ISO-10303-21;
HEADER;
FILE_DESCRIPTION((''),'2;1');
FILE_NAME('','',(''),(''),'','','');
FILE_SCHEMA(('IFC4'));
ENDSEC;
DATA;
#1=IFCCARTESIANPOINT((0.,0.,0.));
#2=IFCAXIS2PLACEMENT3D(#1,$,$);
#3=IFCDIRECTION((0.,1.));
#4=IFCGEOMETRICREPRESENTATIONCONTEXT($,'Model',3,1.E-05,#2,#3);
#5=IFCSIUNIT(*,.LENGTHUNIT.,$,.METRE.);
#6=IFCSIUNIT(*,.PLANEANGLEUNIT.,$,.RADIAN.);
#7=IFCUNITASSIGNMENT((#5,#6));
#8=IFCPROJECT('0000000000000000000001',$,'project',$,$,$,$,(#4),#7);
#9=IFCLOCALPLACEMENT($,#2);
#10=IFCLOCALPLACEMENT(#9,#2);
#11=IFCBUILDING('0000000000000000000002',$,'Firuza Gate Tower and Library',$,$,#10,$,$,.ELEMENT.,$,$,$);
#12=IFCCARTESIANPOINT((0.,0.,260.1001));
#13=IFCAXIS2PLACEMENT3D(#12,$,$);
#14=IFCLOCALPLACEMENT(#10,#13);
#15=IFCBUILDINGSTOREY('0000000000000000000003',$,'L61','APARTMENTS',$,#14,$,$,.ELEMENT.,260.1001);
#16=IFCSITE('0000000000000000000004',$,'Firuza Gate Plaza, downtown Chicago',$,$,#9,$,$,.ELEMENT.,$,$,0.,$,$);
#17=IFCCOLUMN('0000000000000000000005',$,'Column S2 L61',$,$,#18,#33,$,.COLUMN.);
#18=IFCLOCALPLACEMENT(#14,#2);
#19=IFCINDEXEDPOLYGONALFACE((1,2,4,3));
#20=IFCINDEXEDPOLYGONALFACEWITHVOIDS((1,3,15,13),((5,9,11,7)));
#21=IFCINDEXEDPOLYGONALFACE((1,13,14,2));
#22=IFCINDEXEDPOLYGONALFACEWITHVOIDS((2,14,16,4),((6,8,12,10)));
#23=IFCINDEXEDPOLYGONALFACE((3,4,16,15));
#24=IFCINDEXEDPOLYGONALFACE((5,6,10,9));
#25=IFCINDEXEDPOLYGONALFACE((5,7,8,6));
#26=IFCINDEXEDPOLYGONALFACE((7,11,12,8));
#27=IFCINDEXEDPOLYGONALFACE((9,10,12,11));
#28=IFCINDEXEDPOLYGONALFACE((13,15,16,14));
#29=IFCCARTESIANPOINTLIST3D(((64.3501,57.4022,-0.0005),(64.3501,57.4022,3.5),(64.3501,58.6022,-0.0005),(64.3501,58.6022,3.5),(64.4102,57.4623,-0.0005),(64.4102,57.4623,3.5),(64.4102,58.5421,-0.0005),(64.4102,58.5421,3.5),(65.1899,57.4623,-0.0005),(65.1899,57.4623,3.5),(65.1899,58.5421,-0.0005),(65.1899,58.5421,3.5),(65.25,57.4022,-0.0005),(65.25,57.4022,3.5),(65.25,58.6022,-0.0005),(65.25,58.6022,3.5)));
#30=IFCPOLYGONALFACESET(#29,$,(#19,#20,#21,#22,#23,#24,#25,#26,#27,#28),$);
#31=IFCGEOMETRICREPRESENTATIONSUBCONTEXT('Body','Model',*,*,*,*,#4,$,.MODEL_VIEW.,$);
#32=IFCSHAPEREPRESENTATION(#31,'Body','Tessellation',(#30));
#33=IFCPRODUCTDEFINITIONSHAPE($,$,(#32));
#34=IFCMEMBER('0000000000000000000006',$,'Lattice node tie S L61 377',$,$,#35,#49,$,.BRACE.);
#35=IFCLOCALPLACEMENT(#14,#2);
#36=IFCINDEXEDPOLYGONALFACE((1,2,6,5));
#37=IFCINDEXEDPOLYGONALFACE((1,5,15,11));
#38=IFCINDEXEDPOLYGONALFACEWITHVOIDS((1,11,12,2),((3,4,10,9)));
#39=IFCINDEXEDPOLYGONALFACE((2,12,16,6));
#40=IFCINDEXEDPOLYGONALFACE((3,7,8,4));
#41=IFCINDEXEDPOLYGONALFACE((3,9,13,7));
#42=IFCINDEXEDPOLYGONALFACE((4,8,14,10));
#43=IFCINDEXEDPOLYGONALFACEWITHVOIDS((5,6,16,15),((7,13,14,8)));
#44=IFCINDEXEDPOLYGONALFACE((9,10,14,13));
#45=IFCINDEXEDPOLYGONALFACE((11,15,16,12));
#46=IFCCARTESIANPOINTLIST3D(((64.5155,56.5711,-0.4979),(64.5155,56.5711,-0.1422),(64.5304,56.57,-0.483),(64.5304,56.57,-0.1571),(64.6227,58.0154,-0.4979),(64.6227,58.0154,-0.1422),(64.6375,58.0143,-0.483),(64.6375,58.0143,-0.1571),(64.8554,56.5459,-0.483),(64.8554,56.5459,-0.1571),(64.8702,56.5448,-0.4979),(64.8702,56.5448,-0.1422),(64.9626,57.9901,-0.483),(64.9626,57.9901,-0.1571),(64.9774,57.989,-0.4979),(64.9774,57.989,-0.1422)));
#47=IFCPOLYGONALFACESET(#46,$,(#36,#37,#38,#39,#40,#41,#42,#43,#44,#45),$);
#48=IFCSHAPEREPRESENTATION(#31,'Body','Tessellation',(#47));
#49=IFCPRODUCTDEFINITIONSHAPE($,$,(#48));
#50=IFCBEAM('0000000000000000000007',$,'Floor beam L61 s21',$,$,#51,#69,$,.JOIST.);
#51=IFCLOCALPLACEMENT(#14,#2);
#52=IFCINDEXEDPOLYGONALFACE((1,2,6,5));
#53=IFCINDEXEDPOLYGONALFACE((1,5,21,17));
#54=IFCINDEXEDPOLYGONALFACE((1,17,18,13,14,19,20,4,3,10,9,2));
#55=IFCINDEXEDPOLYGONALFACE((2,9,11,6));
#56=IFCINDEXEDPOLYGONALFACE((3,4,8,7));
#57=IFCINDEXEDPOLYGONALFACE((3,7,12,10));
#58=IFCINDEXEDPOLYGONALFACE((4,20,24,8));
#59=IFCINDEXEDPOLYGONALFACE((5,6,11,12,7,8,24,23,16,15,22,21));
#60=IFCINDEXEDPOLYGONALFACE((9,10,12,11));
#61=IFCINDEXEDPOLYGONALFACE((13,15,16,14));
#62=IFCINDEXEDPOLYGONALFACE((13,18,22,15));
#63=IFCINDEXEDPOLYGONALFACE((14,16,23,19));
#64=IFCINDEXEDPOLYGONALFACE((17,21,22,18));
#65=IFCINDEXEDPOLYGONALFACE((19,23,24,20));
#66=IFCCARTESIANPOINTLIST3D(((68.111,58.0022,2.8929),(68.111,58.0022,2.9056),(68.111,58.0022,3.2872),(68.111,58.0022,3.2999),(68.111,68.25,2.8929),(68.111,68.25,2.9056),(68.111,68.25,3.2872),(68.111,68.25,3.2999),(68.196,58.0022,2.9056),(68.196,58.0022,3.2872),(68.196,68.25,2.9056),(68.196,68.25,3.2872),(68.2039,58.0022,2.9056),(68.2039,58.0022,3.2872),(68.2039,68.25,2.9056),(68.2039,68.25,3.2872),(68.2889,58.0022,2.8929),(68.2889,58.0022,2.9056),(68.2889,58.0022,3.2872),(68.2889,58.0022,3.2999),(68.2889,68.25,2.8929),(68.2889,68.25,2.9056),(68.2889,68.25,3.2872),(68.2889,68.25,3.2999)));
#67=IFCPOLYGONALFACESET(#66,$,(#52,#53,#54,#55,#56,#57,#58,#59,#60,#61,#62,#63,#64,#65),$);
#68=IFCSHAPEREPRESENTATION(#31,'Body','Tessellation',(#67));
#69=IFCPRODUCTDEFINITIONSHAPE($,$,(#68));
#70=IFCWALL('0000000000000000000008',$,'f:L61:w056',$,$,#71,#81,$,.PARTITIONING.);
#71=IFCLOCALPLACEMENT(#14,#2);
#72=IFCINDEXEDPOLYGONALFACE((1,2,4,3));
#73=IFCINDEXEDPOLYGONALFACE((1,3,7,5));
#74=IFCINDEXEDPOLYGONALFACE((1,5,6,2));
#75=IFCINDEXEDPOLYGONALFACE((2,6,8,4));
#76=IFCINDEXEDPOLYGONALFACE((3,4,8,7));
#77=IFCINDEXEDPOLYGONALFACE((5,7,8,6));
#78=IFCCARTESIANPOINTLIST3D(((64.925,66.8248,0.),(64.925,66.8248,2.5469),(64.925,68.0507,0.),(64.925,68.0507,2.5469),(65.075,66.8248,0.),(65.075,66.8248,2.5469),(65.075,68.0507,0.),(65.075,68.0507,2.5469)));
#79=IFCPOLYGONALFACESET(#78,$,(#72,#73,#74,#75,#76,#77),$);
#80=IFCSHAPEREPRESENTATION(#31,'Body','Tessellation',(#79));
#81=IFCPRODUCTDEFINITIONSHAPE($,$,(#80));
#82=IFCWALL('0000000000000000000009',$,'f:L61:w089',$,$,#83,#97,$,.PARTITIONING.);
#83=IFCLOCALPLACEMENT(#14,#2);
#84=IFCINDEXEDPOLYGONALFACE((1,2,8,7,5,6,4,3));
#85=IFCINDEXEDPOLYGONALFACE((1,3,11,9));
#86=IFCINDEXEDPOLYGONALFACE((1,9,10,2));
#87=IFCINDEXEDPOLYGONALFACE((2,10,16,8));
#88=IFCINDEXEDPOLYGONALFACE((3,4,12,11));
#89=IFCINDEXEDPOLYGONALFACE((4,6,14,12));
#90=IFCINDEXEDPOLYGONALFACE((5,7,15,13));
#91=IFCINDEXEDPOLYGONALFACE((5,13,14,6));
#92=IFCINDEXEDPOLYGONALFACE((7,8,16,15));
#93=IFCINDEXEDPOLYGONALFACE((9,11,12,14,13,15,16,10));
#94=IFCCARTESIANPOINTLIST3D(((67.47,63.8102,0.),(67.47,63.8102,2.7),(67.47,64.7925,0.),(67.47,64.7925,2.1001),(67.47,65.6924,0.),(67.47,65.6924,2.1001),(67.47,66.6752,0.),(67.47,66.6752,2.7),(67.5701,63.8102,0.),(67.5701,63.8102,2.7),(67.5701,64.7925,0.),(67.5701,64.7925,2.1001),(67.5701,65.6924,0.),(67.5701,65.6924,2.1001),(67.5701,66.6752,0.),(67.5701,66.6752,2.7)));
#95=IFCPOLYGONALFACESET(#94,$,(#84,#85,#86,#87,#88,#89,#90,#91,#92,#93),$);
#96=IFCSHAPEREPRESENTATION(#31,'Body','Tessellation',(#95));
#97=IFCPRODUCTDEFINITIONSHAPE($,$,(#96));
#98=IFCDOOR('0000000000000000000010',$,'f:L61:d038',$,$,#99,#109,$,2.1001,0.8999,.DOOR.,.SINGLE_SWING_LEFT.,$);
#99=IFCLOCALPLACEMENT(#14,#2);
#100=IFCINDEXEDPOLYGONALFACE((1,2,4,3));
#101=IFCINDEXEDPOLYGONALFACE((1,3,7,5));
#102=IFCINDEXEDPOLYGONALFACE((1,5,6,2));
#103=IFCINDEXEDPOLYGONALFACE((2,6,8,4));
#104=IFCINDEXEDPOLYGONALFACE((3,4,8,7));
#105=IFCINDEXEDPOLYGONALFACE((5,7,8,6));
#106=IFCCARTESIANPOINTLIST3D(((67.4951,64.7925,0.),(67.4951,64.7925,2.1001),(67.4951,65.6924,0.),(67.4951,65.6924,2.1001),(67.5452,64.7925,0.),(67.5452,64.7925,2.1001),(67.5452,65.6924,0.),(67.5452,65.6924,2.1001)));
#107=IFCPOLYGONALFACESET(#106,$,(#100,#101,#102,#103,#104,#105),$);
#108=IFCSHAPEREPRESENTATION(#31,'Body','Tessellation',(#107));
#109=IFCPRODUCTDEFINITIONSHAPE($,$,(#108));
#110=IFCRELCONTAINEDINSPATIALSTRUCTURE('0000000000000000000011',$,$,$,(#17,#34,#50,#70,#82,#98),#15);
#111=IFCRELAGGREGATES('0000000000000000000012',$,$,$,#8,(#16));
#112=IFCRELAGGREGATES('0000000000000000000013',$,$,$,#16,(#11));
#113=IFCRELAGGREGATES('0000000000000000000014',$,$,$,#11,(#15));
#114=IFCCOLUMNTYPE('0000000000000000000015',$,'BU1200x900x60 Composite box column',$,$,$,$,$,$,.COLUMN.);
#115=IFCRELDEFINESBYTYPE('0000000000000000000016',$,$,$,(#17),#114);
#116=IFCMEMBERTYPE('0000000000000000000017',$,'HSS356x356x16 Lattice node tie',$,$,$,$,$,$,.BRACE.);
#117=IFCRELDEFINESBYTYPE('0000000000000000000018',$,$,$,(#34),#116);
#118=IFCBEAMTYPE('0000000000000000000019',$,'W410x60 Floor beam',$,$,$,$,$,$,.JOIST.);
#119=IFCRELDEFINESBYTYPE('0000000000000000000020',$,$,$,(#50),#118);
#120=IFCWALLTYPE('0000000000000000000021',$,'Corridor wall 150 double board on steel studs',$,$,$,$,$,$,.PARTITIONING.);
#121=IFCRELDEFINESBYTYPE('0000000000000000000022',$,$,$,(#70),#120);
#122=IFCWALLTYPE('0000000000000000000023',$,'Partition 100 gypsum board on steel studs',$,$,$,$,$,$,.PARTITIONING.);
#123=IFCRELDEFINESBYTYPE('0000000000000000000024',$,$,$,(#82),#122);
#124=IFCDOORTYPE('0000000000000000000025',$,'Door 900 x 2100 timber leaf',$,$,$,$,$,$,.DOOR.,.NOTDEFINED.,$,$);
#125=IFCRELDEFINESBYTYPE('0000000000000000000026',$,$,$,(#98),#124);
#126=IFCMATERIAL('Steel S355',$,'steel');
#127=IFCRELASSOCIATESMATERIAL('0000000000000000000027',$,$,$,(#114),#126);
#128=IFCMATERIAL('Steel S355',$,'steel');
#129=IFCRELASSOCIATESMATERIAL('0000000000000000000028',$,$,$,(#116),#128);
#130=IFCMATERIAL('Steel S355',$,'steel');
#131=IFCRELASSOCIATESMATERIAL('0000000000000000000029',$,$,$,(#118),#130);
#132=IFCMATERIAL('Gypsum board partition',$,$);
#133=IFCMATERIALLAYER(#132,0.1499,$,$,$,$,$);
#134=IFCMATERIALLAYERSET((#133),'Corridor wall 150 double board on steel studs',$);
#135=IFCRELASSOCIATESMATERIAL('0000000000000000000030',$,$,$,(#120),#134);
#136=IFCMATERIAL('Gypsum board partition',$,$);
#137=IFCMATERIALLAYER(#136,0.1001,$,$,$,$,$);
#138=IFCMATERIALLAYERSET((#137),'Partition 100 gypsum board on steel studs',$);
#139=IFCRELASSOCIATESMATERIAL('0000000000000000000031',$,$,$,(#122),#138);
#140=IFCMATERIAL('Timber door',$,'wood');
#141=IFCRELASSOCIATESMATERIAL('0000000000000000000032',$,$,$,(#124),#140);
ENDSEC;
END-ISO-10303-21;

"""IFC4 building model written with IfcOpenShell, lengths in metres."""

from ifc_helpers import new_model, si_unit, direction, frame, frame_2d, origin, origin_2d, place, context, subcontext, project, spatial, rectangle, hollow_rectangle, i_section, extrude, material, layer, layer_set, material_profile, profile_set, type_object, element, fill, save


model = new_model("IFC4")

# Units and contexts
model_context = context("Model", 3, precision=1e-05, world=origin(), true_north=direction((0.0, 1.0)))
body_context = subcontext(model_context, "Body", "Model", "MODEL_VIEW")
ifc_project = project(units=[si_unit("LENGTHUNIT", "METRE"), si_unit("PLANEANGLEUNIT", "RADIAN")], contexts=[model_context])

# Site, building, storey
site_placement = place(None, origin())
site = spatial("IfcSite", under=ifc_project, at=site_placement, Name="Firuza Gate Plaza, downtown Chicago", CompositionType="ELEMENT", RefElevation=0.0)
building_placement = place(site_placement, origin())
building = spatial("IfcBuilding", under=site, at=building_placement, Name="Firuza Gate Tower and Library", CompositionType="ELEMENT")
storey_placement = place(building_placement, frame((0.0, 0.0, 260.1001)))
storey = spatial("IfcBuildingStorey", under=building, at=storey_placement, Name="L61", Description="APARTMENTS", CompositionType="ELEMENT", Elevation=260.1001)

# Column
ifc_material_1 = material(Name="Steel S355", Category="steel")
ifc_material_profile_1 = material_profile(ifc_material_1, hollow_rectangle(XDim=0.8999, YDim=1.2, WallThickness=0.0601, at=origin_2d()))
ifc_profile_set_1 = profile_set([ifc_material_profile_1], Name="Steel S355")
column_type = type_object("IfcColumnType", Name="BU1200x900x60 Composite box column", PredefinedType="COLUMN", material=ifc_profile_set_1)
column_placement = place(storey_placement, frame((64.8, 58.0022, -0.0005), z_axis=(0.0, 0.0, 1.0), x_axis=(1.0, 0.0, 0.0)))
element("IfcColumn", 1, at=column_placement, inside=storey, type_object=column_type, Name="Column S2 L61", PredefinedType="COLUMN", context=body_context, shape_type="SweptSolid", body=[
    extrude(hollow_rectangle(XDim=0.8999, YDim=1.2, WallThickness=0.0601, at=origin_2d()), origin(), (0.0, 0.0, 1.0), 3.5005),
])

# Member
ifc_material_2 = material(Name="Steel S355", Category="steel")
ifc_material_profile_2 = material_profile(ifc_material_2, hollow_rectangle(XDim=0.3557, YDim=0.3557, WallThickness=0.0149, at=origin_2d()))
ifc_profile_set_2 = profile_set([ifc_material_profile_2], Name="Steel S355")
member_type = type_object("IfcMemberType", Name="HSS356x356x16 Lattice node tie", PredefinedType="BRACE", material=ifc_profile_set_2)
member_placement = place(storey_placement, frame((64.8, 58.0022, -0.3201), z_axis=(-0.074002, -0.997258, 0.0), x_axis=(0.997258, -0.074002, 0.0)))
element("IfcMember", 2, at=member_placement, inside=storey, type_object=member_type, Name="Lattice node tie S L61 377", PredefinedType="BRACE", context=body_context, shape_type="SweptSolid", body=[
    extrude(hollow_rectangle(XDim=0.3557, YDim=0.3557, WallThickness=0.0149, at=origin_2d()), origin(), (0.0, 0.0, 1.0), 1.4482),
])

# Beam
ifc_material_3 = material(Name="Steel S355", Category="steel")
ifc_material_profile_3 = material_profile(ifc_material_3, i_section(OverallWidth=0.178, OverallDepth=0.407, WebThickness=0.0078, FlangeThickness=0.0127, at=origin_2d()))
ifc_profile_set_3 = profile_set([ifc_material_profile_3], Name="Steel S355")
beam_type = type_object("IfcBeamType", Name="W410x60 Floor beam", PredefinedType="JOIST", material=ifc_profile_set_3)
beam_placement = place(storey_placement, frame((68.2, 58.0022, 3.0964), z_axis=(0.0, 1.0, 0.0), x_axis=(-1.0, 0.0, 0.0)))
element("IfcBeam", 3, at=beam_placement, inside=storey, type_object=beam_type, Name="Floor beam L61 s21", PredefinedType="JOIST", context=body_context, shape_type="SweptSolid", body=[
    extrude(i_section(OverallWidth=0.178, OverallDepth=0.407, WebThickness=0.0078, FlangeThickness=0.0127, at=origin_2d()), origin(), (0.0, 0.0, 1.0), 10.2478),
])

# Wall
ifc_material_4 = material(Name="Gypsum board partition")
ifc_layer_1 = layer(ifc_material_4, 0.1499)
ifc_layer_set_1 = layer_set([ifc_layer_1], Name="Corridor wall 150 double board on steel studs")
wall_type_1 = type_object("IfcWallType", Name="Corridor wall 150 double board on steel studs", PredefinedType="PARTITIONING", material=ifc_layer_set_1)
wall_1_placement = place(storey_placement, frame((65.0, 66.825, 0.0), z_axis=(0.0, 0.0, 1.0), x_axis=(0.0, 1.0, 0.0)))
element("IfcWall", 4, at=wall_1_placement, inside=storey, type_object=wall_type_1, Name="f:L61:w056", PredefinedType="PARTITIONING", context=body_context, shape_type="SweptSolid", body=[
    extrude(rectangle(XDim=1.2258, YDim=0.1499, at=frame_2d((0.6128, 0.0))), origin(), (0.0, 0.0, 1.0), 2.5469),
])

# Wall, opening, door
ifc_material_5 = material(Name="Gypsum board partition")
ifc_layer_2 = layer(ifc_material_5, 0.1001)
ifc_layer_set_2 = layer_set([ifc_layer_2], Name="Partition 100 gypsum board on steel studs")
wall_type_2 = type_object("IfcWallType", Name="Partition 100 gypsum board on steel studs", PredefinedType="PARTITIONING", material=ifc_layer_set_2)
wall_2_placement = place(storey_placement, frame((67.52, 63.8101, 0.0), z_axis=(0.0, 0.0, 1.0), x_axis=(0.0, 1.0, 0.0)))
wall_2 = element("IfcWall", 5, at=wall_2_placement, inside=storey, type_object=wall_type_2, Name="f:L61:w089", PredefinedType="PARTITIONING", context=body_context, shape_type="SweptSolid", body=[
    extrude(rectangle(XDim=2.865, YDim=0.1001, at=frame_2d((1.4326, 0.0))), origin(), (0.0, 0.0, 1.0), 2.7),
])
opening_1_placement = place(wall_2_placement, frame((0.9824, 0.0, 0.0)))
opening_1 = element("IfcOpeningElement", 6, at=opening_1_placement, cuts=wall_2, PredefinedType="OPENING", context=body_context, shape_type="SweptSolid", body=[
    extrude(rectangle(XDim=0.8999, YDim=2.1001, at=frame_2d((0.45, 1.05))), frame((0.0, 0.0601, 0.0), z_axis=(0.0, -1.0, 0.0), x_axis=(1.0, 0.0, 0.0)), (0.0, 0.0, 1.0), 0.1201),
])
ifc_material_6 = material(Name="Timber door", Category="wood")
door_type_1 = type_object("IfcDoorType", Name="Door 900 x 2100 timber leaf", OperationType="NOTDEFINED", PredefinedType="DOOR", material=ifc_material_6)
door_1_placement = place(opening_1_placement, origin())
door_1 = element("IfcDoor", 7, at=door_1_placement, inside=storey, type_object=door_type_1, Name="f:L61:d038", OperationType="SINGLE_SWING_LEFT", OverallHeight=2.1001, OverallWidth=0.8999, PredefinedType="DOOR", context=body_context, shape_type="SweptSolid", body=[
    extrude(rectangle(XDim=0.8999, YDim=2.1001, at=frame_2d((0.45, 1.05))), frame((0.0, 0.0249, 0.0), z_axis=(0.0, -1.0, 0.0), x_axis=(1.0, 0.0, 0.0)), (0.0, 0.0, 1.0), 0.05),
])
fill(opening_1, door_1)

save(model, "model.ifc")
